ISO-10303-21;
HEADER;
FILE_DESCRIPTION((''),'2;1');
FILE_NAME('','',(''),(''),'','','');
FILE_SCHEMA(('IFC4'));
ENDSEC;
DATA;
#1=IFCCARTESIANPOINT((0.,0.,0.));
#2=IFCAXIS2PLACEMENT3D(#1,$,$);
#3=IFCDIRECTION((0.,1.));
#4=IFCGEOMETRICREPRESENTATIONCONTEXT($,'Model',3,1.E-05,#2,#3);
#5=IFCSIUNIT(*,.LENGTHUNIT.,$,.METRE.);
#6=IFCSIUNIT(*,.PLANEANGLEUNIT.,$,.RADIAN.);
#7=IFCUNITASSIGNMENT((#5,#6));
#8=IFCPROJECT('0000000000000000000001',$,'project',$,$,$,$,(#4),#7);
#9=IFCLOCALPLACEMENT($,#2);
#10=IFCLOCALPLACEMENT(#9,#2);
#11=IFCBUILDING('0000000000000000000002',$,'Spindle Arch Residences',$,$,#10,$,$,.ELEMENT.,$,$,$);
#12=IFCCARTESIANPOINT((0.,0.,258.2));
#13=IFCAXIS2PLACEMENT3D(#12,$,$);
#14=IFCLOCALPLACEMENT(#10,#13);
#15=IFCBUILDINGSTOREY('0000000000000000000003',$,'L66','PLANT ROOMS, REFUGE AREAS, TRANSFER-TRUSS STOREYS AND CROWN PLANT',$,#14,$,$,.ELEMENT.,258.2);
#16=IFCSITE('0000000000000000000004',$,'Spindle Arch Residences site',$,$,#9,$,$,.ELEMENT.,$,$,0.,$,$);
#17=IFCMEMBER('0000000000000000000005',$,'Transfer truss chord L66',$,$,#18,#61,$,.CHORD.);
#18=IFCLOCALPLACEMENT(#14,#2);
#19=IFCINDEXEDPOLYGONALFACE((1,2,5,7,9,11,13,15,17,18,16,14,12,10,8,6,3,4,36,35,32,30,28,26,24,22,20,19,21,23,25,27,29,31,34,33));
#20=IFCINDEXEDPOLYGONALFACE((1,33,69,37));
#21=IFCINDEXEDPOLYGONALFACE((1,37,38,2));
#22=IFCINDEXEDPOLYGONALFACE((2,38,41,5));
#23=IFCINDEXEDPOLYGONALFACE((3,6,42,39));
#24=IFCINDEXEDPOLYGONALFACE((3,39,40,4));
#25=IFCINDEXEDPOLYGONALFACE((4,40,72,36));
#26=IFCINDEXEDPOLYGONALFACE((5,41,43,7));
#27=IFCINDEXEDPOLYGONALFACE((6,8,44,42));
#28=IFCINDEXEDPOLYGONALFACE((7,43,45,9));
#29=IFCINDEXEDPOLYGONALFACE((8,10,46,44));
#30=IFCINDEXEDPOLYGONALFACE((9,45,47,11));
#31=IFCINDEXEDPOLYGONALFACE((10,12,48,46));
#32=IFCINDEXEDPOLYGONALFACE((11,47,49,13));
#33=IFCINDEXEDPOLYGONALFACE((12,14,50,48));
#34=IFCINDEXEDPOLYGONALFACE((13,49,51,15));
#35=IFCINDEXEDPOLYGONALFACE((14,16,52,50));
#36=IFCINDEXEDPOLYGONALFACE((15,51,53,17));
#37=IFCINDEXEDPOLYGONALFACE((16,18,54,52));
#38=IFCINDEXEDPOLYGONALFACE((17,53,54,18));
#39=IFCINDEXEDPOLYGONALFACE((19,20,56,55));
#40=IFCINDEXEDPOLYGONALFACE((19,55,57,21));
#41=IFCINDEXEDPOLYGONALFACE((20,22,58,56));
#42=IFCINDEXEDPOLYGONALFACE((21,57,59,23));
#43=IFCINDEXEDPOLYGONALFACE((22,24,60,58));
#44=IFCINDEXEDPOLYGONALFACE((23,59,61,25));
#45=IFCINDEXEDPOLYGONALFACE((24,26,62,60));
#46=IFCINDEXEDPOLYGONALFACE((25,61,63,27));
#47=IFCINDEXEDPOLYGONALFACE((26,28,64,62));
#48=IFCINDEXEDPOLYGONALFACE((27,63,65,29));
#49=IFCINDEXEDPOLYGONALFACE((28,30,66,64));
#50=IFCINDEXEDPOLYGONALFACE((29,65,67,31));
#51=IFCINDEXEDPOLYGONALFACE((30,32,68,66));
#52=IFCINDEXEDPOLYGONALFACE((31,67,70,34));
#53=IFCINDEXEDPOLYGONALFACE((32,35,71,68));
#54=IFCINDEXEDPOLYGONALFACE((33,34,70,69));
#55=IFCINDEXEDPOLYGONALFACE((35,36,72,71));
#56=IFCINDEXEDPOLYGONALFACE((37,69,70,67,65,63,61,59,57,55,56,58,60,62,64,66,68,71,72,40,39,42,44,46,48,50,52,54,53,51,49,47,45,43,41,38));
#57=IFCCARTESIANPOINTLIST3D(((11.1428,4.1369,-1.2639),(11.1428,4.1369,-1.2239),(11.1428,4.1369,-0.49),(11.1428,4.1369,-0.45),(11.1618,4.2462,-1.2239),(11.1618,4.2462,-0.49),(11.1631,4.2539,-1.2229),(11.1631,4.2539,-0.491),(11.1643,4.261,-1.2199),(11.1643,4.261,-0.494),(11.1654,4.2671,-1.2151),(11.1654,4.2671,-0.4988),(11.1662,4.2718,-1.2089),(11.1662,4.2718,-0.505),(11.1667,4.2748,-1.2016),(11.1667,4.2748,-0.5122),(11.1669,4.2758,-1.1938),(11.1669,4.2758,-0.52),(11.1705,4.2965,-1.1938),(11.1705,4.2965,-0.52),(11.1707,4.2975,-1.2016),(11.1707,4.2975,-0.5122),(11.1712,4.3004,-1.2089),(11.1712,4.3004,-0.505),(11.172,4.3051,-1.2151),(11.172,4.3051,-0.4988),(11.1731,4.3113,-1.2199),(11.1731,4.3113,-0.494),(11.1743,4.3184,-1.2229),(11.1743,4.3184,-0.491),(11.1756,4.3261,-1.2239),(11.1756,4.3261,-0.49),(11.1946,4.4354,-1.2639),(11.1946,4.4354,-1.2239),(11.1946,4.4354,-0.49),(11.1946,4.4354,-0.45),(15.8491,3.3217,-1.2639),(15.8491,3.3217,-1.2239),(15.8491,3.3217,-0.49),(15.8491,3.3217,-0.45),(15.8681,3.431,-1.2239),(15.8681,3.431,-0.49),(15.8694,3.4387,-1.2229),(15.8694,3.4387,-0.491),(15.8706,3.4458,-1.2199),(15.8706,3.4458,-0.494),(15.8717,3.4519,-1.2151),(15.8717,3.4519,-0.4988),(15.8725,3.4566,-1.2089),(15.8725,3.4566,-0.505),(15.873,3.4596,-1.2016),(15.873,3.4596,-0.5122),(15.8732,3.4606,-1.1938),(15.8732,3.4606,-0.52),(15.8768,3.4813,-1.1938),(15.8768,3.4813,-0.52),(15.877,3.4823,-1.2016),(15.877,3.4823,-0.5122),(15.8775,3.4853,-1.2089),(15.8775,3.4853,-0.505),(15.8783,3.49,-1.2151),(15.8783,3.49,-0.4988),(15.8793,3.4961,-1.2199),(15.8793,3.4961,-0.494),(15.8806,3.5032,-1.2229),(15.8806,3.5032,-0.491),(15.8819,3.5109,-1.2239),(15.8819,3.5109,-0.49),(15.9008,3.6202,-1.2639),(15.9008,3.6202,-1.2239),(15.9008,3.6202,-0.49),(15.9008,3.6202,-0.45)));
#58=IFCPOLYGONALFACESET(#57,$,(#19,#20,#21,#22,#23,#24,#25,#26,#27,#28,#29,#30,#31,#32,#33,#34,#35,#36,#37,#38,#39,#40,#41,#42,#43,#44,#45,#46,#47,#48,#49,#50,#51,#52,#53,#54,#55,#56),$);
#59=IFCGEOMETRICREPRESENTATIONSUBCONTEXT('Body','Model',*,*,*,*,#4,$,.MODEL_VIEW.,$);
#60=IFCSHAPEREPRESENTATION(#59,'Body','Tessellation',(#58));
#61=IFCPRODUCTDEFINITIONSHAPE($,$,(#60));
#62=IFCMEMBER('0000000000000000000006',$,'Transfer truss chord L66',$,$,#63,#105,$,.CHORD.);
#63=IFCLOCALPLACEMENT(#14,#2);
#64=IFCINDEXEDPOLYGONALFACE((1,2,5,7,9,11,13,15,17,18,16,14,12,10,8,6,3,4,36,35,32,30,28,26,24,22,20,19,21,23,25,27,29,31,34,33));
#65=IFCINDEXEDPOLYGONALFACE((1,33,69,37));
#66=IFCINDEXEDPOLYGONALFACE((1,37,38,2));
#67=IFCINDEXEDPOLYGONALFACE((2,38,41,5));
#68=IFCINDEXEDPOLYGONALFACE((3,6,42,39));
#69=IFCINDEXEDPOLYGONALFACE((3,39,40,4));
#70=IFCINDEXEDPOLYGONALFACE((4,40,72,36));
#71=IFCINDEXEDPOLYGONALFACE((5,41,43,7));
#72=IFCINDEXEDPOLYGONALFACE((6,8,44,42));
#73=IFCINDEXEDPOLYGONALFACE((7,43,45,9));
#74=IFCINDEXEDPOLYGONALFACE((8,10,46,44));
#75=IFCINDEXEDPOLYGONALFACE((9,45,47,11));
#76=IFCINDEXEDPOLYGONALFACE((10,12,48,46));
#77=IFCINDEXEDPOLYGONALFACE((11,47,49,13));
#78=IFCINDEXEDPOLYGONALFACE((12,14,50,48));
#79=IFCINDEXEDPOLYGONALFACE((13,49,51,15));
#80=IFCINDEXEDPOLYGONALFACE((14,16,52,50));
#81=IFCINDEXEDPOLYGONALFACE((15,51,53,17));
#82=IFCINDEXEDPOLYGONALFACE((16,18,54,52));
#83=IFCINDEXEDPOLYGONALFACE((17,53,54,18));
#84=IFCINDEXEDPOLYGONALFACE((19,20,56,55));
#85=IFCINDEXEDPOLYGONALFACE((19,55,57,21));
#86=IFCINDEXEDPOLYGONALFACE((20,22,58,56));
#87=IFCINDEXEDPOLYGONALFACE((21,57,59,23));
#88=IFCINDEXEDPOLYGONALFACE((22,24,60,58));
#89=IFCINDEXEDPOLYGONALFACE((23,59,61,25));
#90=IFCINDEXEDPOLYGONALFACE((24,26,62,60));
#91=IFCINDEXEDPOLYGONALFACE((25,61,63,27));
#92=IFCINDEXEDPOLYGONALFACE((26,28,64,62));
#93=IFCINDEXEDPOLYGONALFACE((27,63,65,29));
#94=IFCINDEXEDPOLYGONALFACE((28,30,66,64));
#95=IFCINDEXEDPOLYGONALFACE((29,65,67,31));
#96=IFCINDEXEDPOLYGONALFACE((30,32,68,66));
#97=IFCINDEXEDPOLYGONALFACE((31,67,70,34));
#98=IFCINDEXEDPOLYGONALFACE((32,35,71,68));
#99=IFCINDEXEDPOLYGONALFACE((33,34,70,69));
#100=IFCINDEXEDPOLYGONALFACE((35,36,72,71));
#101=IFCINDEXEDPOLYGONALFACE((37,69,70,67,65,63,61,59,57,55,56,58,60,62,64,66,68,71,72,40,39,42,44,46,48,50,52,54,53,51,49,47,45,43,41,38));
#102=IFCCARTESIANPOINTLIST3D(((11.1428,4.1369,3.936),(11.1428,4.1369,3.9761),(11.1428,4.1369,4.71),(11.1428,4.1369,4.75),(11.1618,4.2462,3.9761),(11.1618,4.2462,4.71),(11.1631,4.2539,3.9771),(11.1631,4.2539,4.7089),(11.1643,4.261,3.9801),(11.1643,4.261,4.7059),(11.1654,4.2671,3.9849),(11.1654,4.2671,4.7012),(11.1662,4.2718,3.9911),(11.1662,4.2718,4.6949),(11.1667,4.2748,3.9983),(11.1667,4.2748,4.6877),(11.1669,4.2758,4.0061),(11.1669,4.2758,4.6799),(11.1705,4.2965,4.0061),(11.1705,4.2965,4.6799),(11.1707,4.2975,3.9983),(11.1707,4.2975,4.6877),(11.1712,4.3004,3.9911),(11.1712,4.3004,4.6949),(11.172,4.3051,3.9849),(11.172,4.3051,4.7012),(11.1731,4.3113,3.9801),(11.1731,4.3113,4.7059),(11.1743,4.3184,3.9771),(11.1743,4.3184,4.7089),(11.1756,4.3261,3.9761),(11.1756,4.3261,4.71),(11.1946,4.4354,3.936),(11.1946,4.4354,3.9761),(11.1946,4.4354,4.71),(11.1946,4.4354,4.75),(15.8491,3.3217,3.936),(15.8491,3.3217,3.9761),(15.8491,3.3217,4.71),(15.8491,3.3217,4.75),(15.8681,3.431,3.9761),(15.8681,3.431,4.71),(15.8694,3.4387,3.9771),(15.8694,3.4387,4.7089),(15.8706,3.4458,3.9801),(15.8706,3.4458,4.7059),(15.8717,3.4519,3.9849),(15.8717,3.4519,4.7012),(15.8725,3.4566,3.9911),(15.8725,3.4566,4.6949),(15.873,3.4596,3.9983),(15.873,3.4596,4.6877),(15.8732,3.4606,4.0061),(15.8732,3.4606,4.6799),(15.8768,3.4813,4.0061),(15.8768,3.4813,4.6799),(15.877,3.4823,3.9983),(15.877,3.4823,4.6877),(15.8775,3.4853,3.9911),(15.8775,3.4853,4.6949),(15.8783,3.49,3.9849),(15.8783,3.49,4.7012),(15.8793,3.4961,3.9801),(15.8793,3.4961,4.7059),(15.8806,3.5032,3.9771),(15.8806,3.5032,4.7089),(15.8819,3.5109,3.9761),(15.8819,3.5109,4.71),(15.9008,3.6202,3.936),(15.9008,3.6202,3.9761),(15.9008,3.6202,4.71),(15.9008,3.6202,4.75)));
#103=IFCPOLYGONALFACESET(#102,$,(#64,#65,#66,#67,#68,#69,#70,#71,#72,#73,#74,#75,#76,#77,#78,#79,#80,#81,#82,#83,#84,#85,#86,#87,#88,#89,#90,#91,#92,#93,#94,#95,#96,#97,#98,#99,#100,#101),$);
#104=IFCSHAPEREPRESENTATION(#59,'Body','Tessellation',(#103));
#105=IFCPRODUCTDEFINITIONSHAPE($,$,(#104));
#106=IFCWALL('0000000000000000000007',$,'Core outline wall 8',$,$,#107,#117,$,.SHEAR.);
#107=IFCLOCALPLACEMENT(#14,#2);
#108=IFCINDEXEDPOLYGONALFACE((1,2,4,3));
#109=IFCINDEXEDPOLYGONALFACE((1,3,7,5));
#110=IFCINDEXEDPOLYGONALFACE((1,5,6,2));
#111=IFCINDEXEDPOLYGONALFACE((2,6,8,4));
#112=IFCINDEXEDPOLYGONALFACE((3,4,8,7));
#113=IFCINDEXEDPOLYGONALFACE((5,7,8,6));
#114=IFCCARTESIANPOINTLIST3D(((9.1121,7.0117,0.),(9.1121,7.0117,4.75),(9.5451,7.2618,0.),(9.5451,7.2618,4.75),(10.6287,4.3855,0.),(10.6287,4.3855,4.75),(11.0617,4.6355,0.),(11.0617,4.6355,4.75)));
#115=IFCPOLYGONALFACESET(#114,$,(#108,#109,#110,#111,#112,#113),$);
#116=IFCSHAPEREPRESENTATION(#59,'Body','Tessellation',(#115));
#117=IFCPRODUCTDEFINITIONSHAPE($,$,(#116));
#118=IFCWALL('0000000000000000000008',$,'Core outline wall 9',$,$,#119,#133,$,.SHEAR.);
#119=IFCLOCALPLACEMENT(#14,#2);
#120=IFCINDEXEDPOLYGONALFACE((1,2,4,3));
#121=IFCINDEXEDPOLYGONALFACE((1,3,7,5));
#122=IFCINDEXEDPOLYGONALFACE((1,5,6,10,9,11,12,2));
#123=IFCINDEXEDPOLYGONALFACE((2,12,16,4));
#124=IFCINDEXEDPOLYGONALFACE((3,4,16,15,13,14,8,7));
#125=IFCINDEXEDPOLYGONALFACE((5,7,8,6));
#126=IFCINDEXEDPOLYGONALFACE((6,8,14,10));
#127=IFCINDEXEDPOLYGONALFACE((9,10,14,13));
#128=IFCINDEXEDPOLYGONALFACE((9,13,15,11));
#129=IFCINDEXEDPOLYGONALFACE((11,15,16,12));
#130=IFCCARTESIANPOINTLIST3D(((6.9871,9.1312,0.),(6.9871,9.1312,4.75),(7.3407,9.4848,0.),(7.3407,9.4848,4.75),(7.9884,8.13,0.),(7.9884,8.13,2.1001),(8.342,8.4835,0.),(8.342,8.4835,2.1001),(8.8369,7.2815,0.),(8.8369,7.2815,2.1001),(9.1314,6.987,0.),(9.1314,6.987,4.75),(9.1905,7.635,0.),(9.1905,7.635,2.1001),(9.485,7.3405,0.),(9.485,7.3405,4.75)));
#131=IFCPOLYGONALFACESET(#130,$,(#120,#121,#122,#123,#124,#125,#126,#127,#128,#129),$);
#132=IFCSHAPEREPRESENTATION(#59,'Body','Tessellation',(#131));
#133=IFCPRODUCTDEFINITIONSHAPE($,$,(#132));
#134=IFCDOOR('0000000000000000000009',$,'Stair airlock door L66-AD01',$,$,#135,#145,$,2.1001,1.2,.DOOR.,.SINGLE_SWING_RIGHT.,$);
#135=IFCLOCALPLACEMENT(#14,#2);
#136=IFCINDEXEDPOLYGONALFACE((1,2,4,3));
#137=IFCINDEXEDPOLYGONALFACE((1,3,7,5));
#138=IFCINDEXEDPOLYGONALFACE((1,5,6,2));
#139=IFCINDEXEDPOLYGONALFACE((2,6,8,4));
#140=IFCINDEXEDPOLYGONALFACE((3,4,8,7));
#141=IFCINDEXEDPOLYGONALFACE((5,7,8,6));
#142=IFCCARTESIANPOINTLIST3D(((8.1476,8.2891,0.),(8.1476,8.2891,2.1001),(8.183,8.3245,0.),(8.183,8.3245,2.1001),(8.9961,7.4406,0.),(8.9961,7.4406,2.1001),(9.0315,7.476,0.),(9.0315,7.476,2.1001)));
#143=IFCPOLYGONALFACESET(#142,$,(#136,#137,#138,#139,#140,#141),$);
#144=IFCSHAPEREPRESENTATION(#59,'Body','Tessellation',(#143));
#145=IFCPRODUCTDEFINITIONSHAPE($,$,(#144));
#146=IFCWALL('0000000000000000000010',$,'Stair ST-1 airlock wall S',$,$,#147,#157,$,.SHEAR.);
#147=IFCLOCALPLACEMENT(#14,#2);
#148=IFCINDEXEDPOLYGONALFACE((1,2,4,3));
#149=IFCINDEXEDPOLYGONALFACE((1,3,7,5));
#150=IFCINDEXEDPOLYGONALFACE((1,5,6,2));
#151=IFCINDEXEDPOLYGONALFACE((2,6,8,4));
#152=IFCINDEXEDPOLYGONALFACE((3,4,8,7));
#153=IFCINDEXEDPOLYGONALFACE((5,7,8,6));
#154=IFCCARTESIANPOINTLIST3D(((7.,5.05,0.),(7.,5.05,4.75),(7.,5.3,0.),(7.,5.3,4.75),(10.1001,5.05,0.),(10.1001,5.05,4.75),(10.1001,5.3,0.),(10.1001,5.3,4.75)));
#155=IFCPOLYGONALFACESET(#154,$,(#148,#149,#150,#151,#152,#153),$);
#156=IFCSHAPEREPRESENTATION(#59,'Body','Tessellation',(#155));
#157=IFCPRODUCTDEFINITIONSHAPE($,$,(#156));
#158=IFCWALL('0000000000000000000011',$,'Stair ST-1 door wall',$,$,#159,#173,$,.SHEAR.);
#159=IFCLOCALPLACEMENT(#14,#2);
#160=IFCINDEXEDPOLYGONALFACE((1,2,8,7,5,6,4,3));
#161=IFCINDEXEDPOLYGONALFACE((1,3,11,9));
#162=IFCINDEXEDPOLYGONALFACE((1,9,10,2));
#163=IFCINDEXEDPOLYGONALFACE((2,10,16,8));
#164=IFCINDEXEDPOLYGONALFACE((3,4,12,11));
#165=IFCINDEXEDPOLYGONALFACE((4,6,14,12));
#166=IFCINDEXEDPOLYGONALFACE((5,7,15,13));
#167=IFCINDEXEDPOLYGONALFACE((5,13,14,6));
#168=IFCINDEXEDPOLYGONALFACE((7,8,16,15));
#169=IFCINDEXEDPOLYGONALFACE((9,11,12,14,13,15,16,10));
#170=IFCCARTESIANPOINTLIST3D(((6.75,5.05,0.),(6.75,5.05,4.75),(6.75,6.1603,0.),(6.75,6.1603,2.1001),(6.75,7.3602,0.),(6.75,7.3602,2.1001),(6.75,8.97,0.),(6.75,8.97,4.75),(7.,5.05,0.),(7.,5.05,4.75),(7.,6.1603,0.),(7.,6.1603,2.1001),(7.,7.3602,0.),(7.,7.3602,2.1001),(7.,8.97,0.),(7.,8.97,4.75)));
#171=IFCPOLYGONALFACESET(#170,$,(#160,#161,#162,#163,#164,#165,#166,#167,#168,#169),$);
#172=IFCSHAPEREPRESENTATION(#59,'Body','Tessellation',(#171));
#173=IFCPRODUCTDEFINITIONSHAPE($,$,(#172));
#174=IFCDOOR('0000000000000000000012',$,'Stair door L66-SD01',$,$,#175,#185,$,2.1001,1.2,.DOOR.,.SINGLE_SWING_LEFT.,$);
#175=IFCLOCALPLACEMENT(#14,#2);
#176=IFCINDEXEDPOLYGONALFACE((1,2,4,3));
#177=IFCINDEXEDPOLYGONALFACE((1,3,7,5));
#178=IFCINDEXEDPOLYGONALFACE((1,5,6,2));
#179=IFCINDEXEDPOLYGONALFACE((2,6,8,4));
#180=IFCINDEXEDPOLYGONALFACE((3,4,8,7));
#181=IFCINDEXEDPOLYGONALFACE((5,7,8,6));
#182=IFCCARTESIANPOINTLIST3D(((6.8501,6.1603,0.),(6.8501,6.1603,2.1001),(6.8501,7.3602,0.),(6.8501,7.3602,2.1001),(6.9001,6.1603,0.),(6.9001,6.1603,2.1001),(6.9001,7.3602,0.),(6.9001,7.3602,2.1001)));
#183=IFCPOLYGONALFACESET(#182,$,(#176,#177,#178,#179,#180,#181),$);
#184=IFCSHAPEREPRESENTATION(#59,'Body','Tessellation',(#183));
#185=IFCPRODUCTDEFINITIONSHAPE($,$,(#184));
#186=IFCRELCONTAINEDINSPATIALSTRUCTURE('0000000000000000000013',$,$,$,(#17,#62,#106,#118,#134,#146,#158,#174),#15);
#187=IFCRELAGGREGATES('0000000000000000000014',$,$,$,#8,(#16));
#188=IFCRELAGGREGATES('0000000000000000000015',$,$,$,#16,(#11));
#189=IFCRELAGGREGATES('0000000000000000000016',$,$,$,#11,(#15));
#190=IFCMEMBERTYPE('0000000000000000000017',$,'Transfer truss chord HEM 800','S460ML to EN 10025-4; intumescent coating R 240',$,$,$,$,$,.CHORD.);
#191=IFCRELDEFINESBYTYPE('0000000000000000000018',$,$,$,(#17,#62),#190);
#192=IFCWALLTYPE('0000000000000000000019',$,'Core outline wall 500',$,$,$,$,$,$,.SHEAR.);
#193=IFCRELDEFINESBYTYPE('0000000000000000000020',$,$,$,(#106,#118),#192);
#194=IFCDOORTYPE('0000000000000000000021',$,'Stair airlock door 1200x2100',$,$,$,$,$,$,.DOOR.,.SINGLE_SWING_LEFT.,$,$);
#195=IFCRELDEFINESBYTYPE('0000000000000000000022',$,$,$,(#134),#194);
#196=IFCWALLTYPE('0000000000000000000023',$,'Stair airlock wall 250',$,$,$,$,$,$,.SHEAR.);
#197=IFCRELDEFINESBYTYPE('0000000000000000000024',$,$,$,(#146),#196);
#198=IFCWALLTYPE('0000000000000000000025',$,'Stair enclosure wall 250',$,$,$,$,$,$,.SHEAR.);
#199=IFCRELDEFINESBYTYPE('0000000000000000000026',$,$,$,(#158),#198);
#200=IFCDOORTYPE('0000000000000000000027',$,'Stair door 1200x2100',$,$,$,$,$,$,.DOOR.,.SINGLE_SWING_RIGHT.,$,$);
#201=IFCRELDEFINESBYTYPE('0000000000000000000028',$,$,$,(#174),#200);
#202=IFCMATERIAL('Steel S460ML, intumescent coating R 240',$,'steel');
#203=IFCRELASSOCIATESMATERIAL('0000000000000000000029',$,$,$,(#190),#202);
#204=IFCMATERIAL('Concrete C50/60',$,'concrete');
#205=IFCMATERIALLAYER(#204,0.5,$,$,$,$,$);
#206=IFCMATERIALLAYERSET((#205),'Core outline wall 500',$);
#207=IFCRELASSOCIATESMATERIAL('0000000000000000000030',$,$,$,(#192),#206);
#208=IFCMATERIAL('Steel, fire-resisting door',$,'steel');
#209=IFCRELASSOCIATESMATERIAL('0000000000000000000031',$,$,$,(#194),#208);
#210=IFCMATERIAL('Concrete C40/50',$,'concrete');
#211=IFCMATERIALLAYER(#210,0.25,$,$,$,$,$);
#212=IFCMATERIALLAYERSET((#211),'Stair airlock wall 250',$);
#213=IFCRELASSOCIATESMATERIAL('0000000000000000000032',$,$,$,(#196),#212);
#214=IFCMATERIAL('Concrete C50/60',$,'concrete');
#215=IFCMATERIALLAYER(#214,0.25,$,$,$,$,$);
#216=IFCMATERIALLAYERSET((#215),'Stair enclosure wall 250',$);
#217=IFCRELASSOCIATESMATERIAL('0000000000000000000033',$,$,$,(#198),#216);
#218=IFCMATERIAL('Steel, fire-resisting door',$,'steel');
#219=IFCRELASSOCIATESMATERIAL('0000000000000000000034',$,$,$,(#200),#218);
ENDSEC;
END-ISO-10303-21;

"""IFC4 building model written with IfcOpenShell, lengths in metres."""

from ifc_helpers import new_model, si_unit, direction, frame, frame_2d, origin, origin_2d, place, context, subcontext, project, spatial, rectangle, i_section, extrude, material, layer, layer_set, material_profile, profile_set, type_object, element, fill, save


model = new_model("IFC4")

# Units and contexts
model_context = context("Model", 3, precision=1e-05, world=origin(), true_north=direction((0.0, 1.0)))
body_context = subcontext(model_context, "Body", "Model", "MODEL_VIEW")
ifc_project = project(units=[si_unit("LENGTHUNIT", "METRE"), si_unit("PLANEANGLEUNIT", "RADIAN")], contexts=[model_context])

# Site, building, storey
site_placement = place(None, origin())
site = spatial("IfcSite", under=ifc_project, at=site_placement, Name="Spindle Arch Residences site", CompositionType="ELEMENT", RefElevation=0.0)
building_placement = place(site_placement, origin())
building = spatial("IfcBuilding", under=site, at=building_placement, Name="Spindle Arch Residences", CompositionType="ELEMENT")
storey_placement = place(building_placement, frame((0.0, 0.0, 258.2)))
storey = spatial("IfcBuildingStorey", under=building, at=storey_placement, Name="L66", Description="PLANT ROOMS, REFUGE AREAS, TRANSFER-TRUSS STOREYS AND CROWN PLANT", CompositionType="ELEMENT", Elevation=258.2)

# Members
ifc_material_1 = material(Name="Steel S460ML, intumescent coating R 240", Category="steel")
ifc_material_profile = material_profile(ifc_material_1, i_section(OverallWidth=0.303, OverallDepth=0.814, WebThickness=0.021, FlangeThickness=0.04, FilletRadius=0.03, at=origin_2d()), Name="HEM 800")
ifc_profile_set = profile_set([ifc_material_profile], Name="Steel S460ML, intumescent coating R 240")
member_type = type_object("IfcMemberType", Name="Transfer truss chord HEM 800", Description="S460ML to EN 10025-4; intumescent coating R 240", PredefinedType="CHORD", material=ifc_profile_set)
for number, where, z_axis, x_axis, name in (
    (1, (11.1687, 4.2861, -0.8569), (0.985328, -0.17067, 0.0), (0.17067, 0.985328, 0.0), "Transfer truss chord L66"),
    (2, (11.1687, 4.2861, 4.343), (0.985328, -0.17067, 0.0), (0.17067, 0.985328, 0.0), "Transfer truss chord L66"),
):
    element("IfcMember", number, at=place(storey_placement, frame(where, z_axis=z_axis, x_axis=x_axis)), inside=storey, type_object=member_type, Name=name, PredefinedType="CHORD", context=body_context, shape_type="SweptSolid", body=[
        extrude(i_section(OverallWidth=0.303, OverallDepth=0.814, WebThickness=0.021, FlangeThickness=0.04, FilletRadius=0.03, at=origin_2d()), origin(), (0.0, 0.0, 1.0), 4.7764),
    ])

# Wall
ifc_material_2 = material(Name="Concrete C50/60", Category="concrete")
ifc_layer_1 = layer(ifc_material_2, 0.5)
ifc_layer_set_1 = layer_set([ifc_layer_1], Name="Core outline wall 500")
wall_type_1 = type_object("IfcWallType", Name="Core outline wall 500", PredefinedType="SHEAR", material=ifc_layer_set_1)
wall_1_placement = place(storey_placement, frame((10.8452, 4.5105, 0.0), z_axis=(0.0, 0.0, 1.0), x_axis=(-0.500087, 0.865975, 0.0)))
element("IfcWall", 3, at=wall_1_placement, inside=storey, type_object=wall_type_1, Name="Core outline wall 8", PredefinedType="SHEAR", context=body_context, shape_type="SweptSolid", body=[
    extrude(rectangle(XDim=3.0327, YDim=0.5, at=frame_2d((1.5164, 0.0))), origin(), (0.0, 0.0, 1.0), 4.75),
])

# Wall, opening, door
wall_2_placement = place(storey_placement, frame((9.3081, 7.1638, 0.0), z_axis=(0.0, 0.0, 1.0), x_axis=(-0.707107, 0.707107, 0.0)))
wall_2 = element("IfcWall", 4, at=wall_2_placement, inside=storey, type_object=wall_type_1, Name="Core outline wall 9", PredefinedType="SHEAR", context=body_context, shape_type="SweptSolid", body=[
    extrude(rectangle(XDim=3.0325, YDim=0.5, at=frame_2d((1.5161, 0.0))), origin(), (0.0, 0.0, 1.0), 4.75),
])
opening_1_placement = place(wall_2_placement, frame((0.4163, 0.0, 0.0)))
opening_1 = element("IfcOpeningElement", 5, at=opening_1_placement, cuts=wall_2, PredefinedType="OPENING", context=body_context, shape_type="SweptSolid", body=[
    extrude(rectangle(XDim=1.2, YDim=2.1001, at=frame_2d((0.6001, 1.05))), frame((0.0, 0.26, 0.0), z_axis=(0.0, -1.0, 0.0), x_axis=(1.0, 0.0, 0.0)), (0.0, 0.0, 1.0), 0.52),
])
ifc_material_3 = material(Name="Steel, fire-resisting door", Category="steel")
door_type_1 = type_object("IfcDoorType", Name="Stair airlock door 1200x2100", OperationType="SINGLE_SWING_LEFT", PredefinedType="DOOR", material=ifc_material_3)
door_1_placement = place(opening_1_placement, origin())
door_1 = element("IfcDoor", 6, at=door_1_placement, inside=storey, type_object=door_type_1, Name="Stair airlock door L66-AD01", OperationType="SINGLE_SWING_RIGHT", OverallHeight=2.1001, OverallWidth=1.2, PredefinedType="DOOR", context=body_context, shape_type="SweptSolid", body=[
    extrude(rectangle(XDim=1.2, YDim=2.1001, at=frame_2d((0.6001, 1.05))), frame((0.0, 0.0249, 0.0), z_axis=(0.0, -1.0, 0.0), x_axis=(1.0, 0.0, 0.0)), (0.0, 0.0, 1.0), 0.05),
])
fill(opening_1, door_1)

# Wall
ifc_material_4 = material(Name="Concrete C40/50", Category="concrete")
ifc_layer_2 = layer(ifc_material_4, 0.25)
ifc_layer_set_2 = layer_set([ifc_layer_2], Name="Stair airlock wall 250")
wall_type_2 = type_object("IfcWallType", Name="Stair airlock wall 250", PredefinedType="SHEAR", material=ifc_layer_set_2)
wall_3_placement = place(storey_placement, frame((7.0, 5.175, 0.0), z_axis=(0.0, 0.0, 1.0), x_axis=(1.0, 0.0, 0.0)))
element("IfcWall", 7, at=wall_3_placement, inside=storey, type_object=wall_type_2, Name="Stair ST-1 airlock wall S", PredefinedType="SHEAR", context=body_context, shape_type="SweptSolid", body=[
    extrude(rectangle(XDim=3.1001, YDim=0.25, at=frame_2d((1.55, 0.0))), origin(), (0.0, 0.0, 1.0), 4.75),
])

# Wall, opening, door
ifc_material_5 = material(Name="Concrete C50/60", Category="concrete")
ifc_layer_3 = layer(ifc_material_5, 0.25)
ifc_layer_set_3 = layer_set([ifc_layer_3], Name="Stair enclosure wall 250")
wall_type_3 = type_object("IfcWallType", Name="Stair enclosure wall 250", PredefinedType="SHEAR", material=ifc_layer_set_3)
wall_4_placement = place(storey_placement, frame((6.875, 5.05, 0.0), z_axis=(0.0, 0.0, 1.0), x_axis=(0.0, 1.0, 0.0)))
wall_4 = element("IfcWall", 8, at=wall_4_placement, inside=storey, type_object=wall_type_3, Name="Stair ST-1 door wall", PredefinedType="SHEAR", context=body_context, shape_type="SweptSolid", body=[
    extrude(rectangle(XDim=3.9199, YDim=0.25, at=frame_2d((1.96, 0.0))), origin(), (0.0, 0.0, 1.0), 4.75),
])
opening_2_placement = place(wall_4_placement, frame((1.1101, 0.0, 0.0)))
opening_2 = element("IfcOpeningElement", 9, at=opening_2_placement, cuts=wall_4, PredefinedType="OPENING", context=body_context, shape_type="SweptSolid", body=[
    extrude(rectangle(XDim=1.2, YDim=2.1001, at=frame_2d((0.6001, 1.05))), frame((0.0, 0.135, 0.0), z_axis=(0.0, -1.0, 0.0), x_axis=(1.0, 0.0, 0.0)), (0.0, 0.0, 1.0), 0.27),
])
ifc_material_6 = material(Name="Steel, fire-resisting door", Category="steel")
door_type_2 = type_object("IfcDoorType", Name="Stair door 1200x2100", OperationType="SINGLE_SWING_RIGHT", PredefinedType="DOOR", material=ifc_material_6)
door_2_placement = place(opening_2_placement, origin())
door_2 = element("IfcDoor", 10, at=door_2_placement, inside=storey, type_object=door_type_2, Name="Stair door L66-SD01", OperationType="SINGLE_SWING_LEFT", OverallHeight=2.1001, OverallWidth=1.2, PredefinedType="DOOR", context=body_context, shape_type="SweptSolid", body=[
    extrude(rectangle(XDim=1.2, YDim=2.1001, at=frame_2d((0.6001, 1.05))), frame((0.0, 0.0249, 0.0), z_axis=(0.0, -1.0, 0.0), x_axis=(1.0, 0.0, 0.0)), (0.0, 0.0, 1.0), 0.05),
])
fill(opening_2, door_2)

save(model, "model.ifc")
